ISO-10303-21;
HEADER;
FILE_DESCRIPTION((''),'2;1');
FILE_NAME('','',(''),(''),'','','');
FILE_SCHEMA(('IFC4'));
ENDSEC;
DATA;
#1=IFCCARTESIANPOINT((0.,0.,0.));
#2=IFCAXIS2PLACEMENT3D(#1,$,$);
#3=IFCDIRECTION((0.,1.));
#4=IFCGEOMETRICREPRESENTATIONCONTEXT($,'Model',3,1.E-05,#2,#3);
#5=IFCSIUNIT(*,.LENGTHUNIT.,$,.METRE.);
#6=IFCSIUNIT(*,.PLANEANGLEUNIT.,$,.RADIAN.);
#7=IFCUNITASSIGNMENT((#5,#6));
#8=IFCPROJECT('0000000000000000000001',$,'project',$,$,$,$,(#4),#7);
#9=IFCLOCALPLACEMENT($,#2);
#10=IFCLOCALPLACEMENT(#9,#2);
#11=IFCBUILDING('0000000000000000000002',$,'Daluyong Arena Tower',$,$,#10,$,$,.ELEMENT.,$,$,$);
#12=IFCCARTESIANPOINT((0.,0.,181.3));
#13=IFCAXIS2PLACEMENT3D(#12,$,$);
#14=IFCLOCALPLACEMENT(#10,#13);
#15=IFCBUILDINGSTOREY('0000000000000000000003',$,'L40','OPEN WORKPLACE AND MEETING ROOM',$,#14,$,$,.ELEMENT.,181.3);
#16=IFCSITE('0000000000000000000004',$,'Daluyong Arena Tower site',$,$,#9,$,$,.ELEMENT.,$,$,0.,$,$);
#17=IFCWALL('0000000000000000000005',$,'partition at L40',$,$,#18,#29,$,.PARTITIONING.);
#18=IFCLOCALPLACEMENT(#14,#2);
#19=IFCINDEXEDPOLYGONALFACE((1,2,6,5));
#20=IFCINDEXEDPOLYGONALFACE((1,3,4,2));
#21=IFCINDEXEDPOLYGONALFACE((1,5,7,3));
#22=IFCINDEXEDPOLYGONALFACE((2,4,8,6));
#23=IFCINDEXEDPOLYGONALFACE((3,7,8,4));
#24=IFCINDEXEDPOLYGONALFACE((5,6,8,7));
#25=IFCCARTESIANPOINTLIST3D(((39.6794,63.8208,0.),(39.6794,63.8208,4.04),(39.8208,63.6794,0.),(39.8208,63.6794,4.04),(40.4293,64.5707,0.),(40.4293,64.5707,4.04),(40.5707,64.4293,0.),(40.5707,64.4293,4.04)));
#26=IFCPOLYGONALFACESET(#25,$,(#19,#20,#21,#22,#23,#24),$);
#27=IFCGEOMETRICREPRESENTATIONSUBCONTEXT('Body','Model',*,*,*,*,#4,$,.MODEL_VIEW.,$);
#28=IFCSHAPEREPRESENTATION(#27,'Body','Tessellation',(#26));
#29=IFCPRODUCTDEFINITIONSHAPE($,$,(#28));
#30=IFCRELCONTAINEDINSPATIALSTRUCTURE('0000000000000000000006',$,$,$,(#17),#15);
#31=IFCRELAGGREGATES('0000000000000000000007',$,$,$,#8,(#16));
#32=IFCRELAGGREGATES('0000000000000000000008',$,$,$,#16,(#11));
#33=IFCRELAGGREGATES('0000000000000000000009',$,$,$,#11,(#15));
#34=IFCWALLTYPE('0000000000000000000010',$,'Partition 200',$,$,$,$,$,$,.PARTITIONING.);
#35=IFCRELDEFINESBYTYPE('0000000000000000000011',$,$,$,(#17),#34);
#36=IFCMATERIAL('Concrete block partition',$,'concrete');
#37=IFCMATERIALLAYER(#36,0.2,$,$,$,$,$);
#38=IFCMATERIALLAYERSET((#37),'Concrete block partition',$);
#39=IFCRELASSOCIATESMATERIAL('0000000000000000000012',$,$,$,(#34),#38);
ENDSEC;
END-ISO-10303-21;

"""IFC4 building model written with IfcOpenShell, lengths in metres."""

from ifc_helpers import new_model, si_unit, direction, frame, frame_2d, origin, place, context, subcontext, project, spatial, rectangle, extrude, material, layer, layer_set, type_object, element, save


model = new_model("IFC4")

# Units and contexts
model_context = context("Model", 3, precision=1e-05, world=origin(), true_north=direction((0.0, 1.0)))
body_context = subcontext(model_context, "Body", "Model", "MODEL_VIEW")
ifc_project = project(units=[si_unit("LENGTHUNIT", "METRE"), si_unit("PLANEANGLEUNIT", "RADIAN")], contexts=[model_context])

# Site, building, storey
site_placement = place(None, origin())
site = spatial("IfcSite", under=ifc_project, at=site_placement, Name="Daluyong Arena Tower site", CompositionType="ELEMENT", RefElevation=0.0)
building_placement = place(site_placement, origin())
building = spatial("IfcBuilding", under=site, at=building_placement, Name="Daluyong Arena Tower", CompositionType="ELEMENT")
storey_placement = place(building_placement, frame((0.0, 0.0, 181.3)))
storey = spatial("IfcBuildingStorey", under=building, at=storey_placement, Name="L40", Description="OPEN WORKPLACE AND MEETING ROOM", CompositionType="ELEMENT", Elevation=181.3)

# Wall
ifc_material_1 = material(Name="Concrete block partition", Category="concrete")
ifc_layer_1 = layer(ifc_material_1, 0.2)
ifc_layer_set_1 = layer_set([ifc_layer_1], Name="Concrete block partition")
wall_type_1 = type_object("IfcWallType", Name="Partition 200", PredefinedType="PARTITIONING", material=ifc_layer_set_1)
wall_1_placement = place(storey_placement, frame((40.5, 64.5, 0.0), z_axis=(0.0, 0.0, 1.0), x_axis=(-0.707107, -0.707107, 0.0)))
element("IfcWall", 1, at=wall_1_placement, inside=storey, type_object=wall_type_1, Name="partition at L40", PredefinedType="PARTITIONING", context=body_context, shape_type="SweptSolid", body=[
    extrude(rectangle(XDim=1.0605, YDim=0.2, at=frame_2d((0.5303, 0.0))), origin(), (0.0, 0.0, 1.0), 4.04),
])

save(model, "model.ifc")
